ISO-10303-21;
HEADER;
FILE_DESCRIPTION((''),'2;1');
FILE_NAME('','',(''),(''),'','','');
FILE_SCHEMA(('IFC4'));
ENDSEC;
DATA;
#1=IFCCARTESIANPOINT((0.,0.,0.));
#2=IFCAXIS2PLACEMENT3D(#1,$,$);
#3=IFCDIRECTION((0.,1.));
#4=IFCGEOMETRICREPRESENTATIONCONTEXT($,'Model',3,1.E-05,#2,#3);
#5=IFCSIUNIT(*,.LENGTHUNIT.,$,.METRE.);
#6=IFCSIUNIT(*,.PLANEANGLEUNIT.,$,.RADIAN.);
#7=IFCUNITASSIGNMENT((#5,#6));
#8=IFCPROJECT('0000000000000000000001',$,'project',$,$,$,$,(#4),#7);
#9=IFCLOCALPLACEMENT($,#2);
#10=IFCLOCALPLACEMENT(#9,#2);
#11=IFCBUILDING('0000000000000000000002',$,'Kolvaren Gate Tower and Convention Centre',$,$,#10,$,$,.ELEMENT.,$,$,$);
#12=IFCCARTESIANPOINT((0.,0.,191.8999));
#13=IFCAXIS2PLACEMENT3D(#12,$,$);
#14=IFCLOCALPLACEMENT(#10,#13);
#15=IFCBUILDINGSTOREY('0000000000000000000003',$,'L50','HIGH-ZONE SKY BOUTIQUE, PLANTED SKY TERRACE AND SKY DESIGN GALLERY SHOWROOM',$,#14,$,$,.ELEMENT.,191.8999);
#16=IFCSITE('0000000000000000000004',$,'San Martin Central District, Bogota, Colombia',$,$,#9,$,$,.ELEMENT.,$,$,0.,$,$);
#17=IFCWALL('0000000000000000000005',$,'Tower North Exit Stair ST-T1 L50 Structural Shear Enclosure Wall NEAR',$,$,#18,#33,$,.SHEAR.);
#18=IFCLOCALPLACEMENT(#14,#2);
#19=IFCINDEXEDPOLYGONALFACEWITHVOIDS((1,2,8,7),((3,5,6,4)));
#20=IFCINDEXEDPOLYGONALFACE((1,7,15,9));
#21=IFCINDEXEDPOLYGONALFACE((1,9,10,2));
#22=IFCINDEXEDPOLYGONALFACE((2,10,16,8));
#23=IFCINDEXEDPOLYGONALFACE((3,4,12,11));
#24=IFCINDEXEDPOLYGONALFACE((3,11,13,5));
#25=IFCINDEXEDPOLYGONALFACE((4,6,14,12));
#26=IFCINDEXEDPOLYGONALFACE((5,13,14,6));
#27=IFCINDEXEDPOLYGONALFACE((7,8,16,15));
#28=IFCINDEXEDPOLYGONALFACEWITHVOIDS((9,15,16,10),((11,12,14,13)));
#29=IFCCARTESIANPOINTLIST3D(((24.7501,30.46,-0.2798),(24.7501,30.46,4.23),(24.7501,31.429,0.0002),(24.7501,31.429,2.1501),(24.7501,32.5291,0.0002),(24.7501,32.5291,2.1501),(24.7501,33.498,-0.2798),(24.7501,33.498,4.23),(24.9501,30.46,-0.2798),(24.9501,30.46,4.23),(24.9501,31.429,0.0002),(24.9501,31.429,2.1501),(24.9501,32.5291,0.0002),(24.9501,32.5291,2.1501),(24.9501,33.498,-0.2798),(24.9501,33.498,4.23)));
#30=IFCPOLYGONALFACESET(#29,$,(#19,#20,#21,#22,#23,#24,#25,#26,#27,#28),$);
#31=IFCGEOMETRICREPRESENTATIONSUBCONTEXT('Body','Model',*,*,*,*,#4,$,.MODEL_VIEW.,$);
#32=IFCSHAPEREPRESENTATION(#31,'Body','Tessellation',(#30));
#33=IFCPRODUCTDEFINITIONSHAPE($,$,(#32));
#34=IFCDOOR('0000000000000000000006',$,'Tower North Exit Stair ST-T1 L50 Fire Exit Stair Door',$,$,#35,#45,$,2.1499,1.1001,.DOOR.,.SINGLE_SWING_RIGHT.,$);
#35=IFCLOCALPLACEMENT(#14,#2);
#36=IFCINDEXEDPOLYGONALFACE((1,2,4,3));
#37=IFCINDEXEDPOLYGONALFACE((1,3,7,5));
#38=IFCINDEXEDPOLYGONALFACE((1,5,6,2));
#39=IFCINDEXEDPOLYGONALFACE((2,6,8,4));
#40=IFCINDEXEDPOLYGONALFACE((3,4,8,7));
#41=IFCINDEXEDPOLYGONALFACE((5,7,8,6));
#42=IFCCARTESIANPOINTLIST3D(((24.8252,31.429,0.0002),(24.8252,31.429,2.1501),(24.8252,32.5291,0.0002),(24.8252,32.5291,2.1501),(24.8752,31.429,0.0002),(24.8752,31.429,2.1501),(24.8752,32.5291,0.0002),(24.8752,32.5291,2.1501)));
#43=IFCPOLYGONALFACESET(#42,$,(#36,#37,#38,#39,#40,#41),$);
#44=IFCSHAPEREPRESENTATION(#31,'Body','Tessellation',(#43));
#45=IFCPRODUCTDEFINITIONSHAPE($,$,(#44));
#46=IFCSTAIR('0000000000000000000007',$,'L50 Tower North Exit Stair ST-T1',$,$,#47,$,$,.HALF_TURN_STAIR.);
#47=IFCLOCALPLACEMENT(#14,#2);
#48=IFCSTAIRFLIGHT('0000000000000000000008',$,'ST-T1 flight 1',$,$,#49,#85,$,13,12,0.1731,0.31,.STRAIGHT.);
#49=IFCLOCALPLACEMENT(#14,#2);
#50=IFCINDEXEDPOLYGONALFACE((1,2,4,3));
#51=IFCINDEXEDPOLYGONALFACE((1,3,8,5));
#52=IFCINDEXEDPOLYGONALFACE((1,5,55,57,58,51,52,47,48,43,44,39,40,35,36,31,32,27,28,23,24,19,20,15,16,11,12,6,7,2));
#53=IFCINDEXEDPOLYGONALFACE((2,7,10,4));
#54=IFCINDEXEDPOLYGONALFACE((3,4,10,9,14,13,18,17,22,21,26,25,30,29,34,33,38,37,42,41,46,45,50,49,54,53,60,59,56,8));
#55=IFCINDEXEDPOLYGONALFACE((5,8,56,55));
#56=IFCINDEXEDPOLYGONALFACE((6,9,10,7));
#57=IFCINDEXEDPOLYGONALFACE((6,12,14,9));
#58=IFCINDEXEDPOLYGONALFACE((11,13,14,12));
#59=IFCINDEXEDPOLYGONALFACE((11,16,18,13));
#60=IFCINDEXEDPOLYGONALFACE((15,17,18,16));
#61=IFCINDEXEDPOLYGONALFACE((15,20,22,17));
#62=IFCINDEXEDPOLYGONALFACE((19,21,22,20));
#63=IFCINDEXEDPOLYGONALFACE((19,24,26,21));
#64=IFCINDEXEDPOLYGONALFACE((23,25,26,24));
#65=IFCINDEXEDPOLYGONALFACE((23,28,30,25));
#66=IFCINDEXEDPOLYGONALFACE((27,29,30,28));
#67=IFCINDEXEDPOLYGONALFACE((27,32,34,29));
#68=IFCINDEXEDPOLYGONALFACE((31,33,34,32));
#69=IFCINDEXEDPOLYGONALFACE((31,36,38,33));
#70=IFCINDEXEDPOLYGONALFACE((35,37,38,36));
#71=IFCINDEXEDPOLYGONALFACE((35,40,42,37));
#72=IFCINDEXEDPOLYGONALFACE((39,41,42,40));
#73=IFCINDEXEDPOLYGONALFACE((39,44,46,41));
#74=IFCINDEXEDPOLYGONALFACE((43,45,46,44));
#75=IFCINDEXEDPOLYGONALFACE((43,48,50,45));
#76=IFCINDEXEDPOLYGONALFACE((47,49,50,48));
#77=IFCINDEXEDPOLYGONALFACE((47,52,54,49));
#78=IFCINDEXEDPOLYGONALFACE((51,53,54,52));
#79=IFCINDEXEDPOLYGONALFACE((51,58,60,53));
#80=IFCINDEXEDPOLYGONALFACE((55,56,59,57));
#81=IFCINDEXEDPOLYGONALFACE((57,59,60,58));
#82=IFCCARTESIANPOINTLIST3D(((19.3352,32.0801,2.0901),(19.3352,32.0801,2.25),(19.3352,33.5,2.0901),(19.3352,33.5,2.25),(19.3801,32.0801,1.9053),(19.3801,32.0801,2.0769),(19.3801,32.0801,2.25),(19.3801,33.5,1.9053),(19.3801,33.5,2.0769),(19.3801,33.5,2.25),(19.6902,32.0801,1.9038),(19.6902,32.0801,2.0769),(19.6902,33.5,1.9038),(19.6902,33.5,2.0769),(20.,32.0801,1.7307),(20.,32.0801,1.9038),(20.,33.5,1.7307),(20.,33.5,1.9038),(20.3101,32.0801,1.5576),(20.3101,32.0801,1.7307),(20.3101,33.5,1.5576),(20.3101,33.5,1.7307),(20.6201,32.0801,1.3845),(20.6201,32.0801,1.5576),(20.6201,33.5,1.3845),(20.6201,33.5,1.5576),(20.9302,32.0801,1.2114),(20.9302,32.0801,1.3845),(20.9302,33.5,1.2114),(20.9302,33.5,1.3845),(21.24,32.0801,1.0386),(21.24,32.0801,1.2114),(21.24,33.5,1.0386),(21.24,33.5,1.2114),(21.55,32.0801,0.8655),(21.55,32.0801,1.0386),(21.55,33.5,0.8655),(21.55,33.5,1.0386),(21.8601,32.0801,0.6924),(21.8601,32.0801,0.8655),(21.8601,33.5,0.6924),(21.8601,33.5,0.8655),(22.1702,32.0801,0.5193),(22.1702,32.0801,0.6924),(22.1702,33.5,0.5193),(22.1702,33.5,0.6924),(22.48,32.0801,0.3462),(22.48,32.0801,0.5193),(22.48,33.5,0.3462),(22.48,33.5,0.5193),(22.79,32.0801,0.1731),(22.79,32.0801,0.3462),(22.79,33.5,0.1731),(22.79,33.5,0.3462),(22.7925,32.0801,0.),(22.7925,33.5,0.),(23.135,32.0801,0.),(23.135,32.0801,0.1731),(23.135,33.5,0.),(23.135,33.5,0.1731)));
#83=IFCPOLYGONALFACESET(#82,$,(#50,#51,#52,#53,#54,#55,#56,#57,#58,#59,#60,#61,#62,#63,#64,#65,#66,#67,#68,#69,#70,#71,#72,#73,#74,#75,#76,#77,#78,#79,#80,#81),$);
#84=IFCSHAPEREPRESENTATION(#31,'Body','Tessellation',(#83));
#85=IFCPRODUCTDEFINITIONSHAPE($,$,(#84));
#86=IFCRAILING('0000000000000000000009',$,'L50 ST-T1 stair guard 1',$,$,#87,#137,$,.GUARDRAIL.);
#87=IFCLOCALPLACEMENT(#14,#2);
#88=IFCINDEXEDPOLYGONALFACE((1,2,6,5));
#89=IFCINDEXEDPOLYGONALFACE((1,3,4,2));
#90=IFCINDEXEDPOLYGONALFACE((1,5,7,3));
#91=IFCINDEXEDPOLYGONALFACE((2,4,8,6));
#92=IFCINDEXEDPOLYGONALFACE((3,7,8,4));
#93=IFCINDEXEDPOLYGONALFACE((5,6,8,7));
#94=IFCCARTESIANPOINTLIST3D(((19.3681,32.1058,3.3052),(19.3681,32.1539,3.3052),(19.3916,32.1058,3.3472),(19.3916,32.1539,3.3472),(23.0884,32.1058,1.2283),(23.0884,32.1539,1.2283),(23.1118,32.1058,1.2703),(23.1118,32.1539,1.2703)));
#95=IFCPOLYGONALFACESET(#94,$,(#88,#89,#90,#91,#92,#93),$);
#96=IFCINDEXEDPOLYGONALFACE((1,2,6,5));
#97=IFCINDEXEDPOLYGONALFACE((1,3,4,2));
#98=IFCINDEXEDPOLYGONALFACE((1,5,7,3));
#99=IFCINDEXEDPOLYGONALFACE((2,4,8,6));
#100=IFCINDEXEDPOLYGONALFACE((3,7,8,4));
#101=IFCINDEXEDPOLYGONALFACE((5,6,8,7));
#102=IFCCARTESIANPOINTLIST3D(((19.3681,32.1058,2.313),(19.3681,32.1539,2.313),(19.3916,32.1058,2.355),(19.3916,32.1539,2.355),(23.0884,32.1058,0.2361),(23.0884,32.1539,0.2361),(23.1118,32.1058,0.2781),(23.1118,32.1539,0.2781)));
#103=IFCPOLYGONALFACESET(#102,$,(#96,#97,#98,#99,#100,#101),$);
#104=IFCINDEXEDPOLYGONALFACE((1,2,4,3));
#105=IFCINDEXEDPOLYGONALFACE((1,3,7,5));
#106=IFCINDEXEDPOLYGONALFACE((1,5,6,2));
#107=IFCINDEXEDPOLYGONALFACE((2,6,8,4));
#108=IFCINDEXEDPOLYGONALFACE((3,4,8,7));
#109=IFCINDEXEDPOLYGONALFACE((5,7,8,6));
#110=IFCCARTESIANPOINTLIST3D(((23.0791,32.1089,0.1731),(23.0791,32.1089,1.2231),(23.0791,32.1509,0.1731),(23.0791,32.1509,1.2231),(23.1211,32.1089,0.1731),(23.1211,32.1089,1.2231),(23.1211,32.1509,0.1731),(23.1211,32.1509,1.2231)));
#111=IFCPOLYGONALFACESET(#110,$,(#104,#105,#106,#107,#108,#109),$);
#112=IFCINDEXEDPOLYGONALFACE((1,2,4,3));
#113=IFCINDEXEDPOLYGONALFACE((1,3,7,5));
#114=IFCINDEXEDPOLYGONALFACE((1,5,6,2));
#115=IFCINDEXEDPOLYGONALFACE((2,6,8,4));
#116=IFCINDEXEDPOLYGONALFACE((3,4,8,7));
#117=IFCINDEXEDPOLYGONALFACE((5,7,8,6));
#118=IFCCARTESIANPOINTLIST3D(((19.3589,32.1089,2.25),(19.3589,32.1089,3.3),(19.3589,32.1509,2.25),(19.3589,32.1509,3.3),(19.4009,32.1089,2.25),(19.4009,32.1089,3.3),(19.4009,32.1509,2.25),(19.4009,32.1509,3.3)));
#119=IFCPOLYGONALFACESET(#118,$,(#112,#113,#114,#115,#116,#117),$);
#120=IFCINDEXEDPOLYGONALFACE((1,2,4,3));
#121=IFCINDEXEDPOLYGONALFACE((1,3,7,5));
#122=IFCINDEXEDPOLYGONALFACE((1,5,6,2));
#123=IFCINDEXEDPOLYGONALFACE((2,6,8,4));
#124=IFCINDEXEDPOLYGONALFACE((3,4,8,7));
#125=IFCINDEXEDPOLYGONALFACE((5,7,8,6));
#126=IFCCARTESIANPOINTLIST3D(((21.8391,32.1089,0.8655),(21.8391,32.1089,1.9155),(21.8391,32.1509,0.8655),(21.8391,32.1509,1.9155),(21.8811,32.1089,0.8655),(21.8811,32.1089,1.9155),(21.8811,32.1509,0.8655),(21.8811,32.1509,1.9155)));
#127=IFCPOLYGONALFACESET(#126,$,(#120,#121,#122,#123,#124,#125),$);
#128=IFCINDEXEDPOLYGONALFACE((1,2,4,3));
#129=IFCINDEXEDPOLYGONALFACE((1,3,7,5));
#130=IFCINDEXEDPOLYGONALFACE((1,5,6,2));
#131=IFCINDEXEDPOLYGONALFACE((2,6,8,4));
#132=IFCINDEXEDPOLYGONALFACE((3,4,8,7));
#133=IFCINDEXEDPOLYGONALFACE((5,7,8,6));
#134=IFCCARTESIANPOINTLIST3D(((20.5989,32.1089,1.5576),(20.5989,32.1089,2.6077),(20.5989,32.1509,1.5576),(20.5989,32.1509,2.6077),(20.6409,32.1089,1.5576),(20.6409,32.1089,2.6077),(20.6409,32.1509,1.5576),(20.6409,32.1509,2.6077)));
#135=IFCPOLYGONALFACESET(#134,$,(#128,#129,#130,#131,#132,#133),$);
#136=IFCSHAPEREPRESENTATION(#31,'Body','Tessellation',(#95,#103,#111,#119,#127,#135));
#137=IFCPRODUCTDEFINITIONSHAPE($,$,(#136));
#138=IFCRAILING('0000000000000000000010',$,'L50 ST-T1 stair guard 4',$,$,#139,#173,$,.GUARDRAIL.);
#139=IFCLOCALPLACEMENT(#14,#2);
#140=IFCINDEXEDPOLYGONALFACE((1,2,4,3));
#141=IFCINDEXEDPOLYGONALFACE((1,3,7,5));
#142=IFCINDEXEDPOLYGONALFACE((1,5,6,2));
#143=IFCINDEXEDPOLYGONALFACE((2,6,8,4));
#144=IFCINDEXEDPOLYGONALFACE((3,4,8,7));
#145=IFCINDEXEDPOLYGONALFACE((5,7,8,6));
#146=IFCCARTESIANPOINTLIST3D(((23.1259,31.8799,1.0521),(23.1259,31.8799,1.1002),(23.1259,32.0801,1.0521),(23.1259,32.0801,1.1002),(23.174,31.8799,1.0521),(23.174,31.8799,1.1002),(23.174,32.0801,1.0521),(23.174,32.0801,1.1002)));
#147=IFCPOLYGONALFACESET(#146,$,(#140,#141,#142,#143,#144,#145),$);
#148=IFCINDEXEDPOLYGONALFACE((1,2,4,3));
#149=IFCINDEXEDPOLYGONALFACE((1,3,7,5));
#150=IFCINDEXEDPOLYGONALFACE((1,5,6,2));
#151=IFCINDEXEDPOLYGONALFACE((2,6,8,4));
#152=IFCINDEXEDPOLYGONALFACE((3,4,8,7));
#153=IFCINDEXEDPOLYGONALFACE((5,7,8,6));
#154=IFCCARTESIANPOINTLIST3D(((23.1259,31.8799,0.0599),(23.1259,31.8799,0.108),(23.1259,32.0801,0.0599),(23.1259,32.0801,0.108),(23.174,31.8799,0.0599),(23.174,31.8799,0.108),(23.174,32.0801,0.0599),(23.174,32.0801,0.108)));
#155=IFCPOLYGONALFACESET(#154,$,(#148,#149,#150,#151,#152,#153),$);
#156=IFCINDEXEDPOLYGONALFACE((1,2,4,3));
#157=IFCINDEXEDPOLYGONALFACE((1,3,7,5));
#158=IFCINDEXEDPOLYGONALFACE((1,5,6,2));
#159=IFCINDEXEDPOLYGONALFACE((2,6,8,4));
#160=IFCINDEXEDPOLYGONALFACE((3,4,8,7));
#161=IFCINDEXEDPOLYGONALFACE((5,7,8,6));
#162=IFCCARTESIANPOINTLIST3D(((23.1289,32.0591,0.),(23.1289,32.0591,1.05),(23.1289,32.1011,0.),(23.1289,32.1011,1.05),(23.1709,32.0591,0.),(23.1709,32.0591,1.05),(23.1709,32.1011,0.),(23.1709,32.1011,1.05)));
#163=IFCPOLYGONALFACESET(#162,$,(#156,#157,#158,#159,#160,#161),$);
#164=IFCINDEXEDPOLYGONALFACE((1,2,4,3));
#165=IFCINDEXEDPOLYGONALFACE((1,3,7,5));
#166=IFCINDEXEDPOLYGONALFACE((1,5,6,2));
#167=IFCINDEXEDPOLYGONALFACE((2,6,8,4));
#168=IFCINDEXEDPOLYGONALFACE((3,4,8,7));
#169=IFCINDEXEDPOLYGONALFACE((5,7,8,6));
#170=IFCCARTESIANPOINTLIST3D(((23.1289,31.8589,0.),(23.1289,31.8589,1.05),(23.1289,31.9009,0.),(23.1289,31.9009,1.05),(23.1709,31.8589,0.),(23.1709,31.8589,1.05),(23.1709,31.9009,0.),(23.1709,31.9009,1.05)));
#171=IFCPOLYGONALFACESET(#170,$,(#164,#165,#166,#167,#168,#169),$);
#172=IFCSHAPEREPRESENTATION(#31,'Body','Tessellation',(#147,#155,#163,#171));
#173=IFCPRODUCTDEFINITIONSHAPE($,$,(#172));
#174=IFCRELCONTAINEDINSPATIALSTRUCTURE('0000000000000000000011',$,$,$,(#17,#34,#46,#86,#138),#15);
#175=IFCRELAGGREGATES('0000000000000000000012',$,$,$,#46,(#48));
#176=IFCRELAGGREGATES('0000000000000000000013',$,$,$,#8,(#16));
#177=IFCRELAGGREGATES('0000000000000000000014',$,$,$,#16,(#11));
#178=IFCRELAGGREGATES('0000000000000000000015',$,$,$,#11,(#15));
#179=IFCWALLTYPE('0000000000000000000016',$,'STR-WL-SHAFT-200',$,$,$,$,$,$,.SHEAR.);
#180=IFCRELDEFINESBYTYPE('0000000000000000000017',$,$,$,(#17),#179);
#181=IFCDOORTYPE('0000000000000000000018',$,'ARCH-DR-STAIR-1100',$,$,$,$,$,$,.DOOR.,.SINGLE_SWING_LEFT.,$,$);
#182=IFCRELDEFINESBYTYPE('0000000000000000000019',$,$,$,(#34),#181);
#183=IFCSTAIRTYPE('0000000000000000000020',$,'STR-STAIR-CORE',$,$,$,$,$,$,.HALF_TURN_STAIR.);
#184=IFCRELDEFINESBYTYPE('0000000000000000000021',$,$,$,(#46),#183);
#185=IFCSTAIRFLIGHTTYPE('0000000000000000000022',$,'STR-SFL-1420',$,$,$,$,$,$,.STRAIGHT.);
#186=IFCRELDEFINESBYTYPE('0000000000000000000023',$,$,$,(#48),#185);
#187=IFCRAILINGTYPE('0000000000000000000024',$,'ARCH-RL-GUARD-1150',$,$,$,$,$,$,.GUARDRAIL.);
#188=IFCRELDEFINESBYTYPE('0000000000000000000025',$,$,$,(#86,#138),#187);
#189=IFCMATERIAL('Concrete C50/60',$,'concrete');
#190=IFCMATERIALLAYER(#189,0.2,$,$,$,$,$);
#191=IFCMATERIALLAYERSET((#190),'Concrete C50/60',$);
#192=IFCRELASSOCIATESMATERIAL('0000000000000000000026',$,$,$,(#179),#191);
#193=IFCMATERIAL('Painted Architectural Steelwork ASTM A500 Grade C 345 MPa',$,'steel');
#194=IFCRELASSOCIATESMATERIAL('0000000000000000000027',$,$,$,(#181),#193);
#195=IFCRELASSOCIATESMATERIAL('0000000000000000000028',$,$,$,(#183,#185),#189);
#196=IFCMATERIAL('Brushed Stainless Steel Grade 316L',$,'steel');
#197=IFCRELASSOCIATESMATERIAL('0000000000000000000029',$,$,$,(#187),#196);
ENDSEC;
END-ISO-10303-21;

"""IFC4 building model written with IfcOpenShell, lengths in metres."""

from ifc_helpers import new_model, si_unit, direction, frame, frame_2d, origin, origin_2d, place, context, subcontext, project, spatial, polyline, rectangle, outline, extrude, material, layer, layer_set, type_object, element, fill, aggregate, save


model = new_model("IFC4")

# Units and contexts
model_context = context("Model", 3, precision=1e-05, world=origin(), true_north=direction((0.0, 1.0)))
body_context = subcontext(model_context, "Body", "Model", "MODEL_VIEW")
ifc_project = project(units=[si_unit("LENGTHUNIT", "METRE"), si_unit("PLANEANGLEUNIT", "RADIAN")], contexts=[model_context])

# Site, building, storey
site_placement = place(None, origin())
site = spatial("IfcSite", under=ifc_project, at=site_placement, Name="San Martin Central District, Bogota, Colombia", CompositionType="ELEMENT", RefElevation=0.0)
building_placement = place(site_placement, origin())
building = spatial("IfcBuilding", under=site, at=building_placement, Name="Kolvaren Gate Tower and Convention Centre", CompositionType="ELEMENT")
storey_placement = place(building_placement, frame((0.0, 0.0, 191.8999)))
storey = spatial("IfcBuildingStorey", under=building, at=storey_placement, Name="L50", Description="HIGH-ZONE SKY BOUTIQUE, PLANTED SKY TERRACE AND SKY DESIGN GALLERY SHOWROOM", CompositionType="ELEMENT", Elevation=191.8999)

# Shared definitions
ifc_material_1 = material(Name="Brushed Stainless Steel Grade 316L", Category="steel")

# Shared definitions
ifc_material_2 = material(Name="Concrete C50/60", Category="concrete")

# Wall, opening, door
ifc_layer_1 = layer(ifc_material_2, 0.2)
ifc_layer_set_1 = layer_set([ifc_layer_1], Name="Concrete C50/60")
wall_type_1 = type_object("IfcWallType", Name="STR-WL-SHAFT-200", PredefinedType="SHEAR", material=ifc_layer_set_1)
wall_1_placement = place(storey_placement, frame((24.8501, 30.46, -0.2798), z_axis=(0.0, 0.0, 1.0), x_axis=(0.0, 1.0, 0.0)))
wall_1 = element("IfcWall", 1, at=wall_1_placement, inside=storey, type_object=wall_type_1, Name="Tower North Exit Stair ST-T1 L50 Structural Shear Enclosure Wall NEAR", PredefinedType="SHEAR", context=body_context, shape_type="SweptSolid", body=[
    extrude(rectangle(XDim=3.0381, YDim=0.2, at=frame_2d((1.519, 0.0))), origin(), (0.0, 0.0, 1.0), 4.5098),
])
opening_1_placement = place(wall_1_placement, frame((0.969, 0.0, 0.28)))
opening_1 = element("IfcOpeningElement", 2, at=opening_1_placement, cuts=wall_1, PredefinedType="OPENING", context=body_context, shape_type="SweptSolid", body=[
    extrude(rectangle(XDim=1.1001, YDim=2.1499, at=frame_2d((0.55, 1.075))), frame((0.0, 0.1099, 0.0), z_axis=(0.0, -1.0, 0.0), x_axis=(1.0, 0.0, 0.0)), (0.0, 0.0, 1.0), 0.22),
])
ifc_material_3 = material(Name="Painted Architectural Steelwork ASTM A500 Grade C 345 MPa", Category="steel")
door_type_1 = type_object("IfcDoorType", Name="ARCH-DR-STAIR-1100", OperationType="SINGLE_SWING_LEFT", PredefinedType="DOOR", material=ifc_material_3)
door_1_placement = place(opening_1_placement, origin())
door_1 = element("IfcDoor", 3, at=door_1_placement, inside=storey, type_object=door_type_1, Name="Tower North Exit Stair ST-T1 L50 Fire Exit Stair Door", OperationType="SINGLE_SWING_RIGHT", OverallHeight=2.1499, OverallWidth=1.1001, PredefinedType="DOOR", context=body_context, shape_type="SweptSolid", body=[
    extrude(rectangle(XDim=1.1001, YDim=2.1499, at=frame_2d((0.55, 1.075))), frame((0.0, 0.0249, 0.0), z_axis=(0.0, -1.0, 0.0), x_axis=(1.0, 0.0, 0.0)), (0.0, 0.0, 1.0), 0.05),
])
fill(opening_1, door_1)

# Stair, stair flight
stair_type = type_object("IfcStairType", Name="STR-STAIR-CORE", PredefinedType="HALF_TURN_STAIR", material=ifc_material_2)
stair_placement = place(storey_placement, origin())
stair = element("IfcStair", 4, at=stair_placement, inside=storey, type_object=stair_type, Name="L50 Tower North Exit Stair ST-T1", PredefinedType="HALF_TURN_STAIR")
stair_flight_type = type_object("IfcStairFlightType", Name="STR-SFL-1420", PredefinedType="STRAIGHT", material=ifc_material_2)
stair_flight_placement = place(storey_placement, frame((23.1001, 32.79, 0.0), z_axis=(0.0, 0.0, 1.0), x_axis=(-1.0, 0.0, 0.0)))
stair_flight = element("IfcStairFlight", 5, at=stair_flight_placement, type_object=stair_flight_type, Name="ST-T1 flight 1", NumberOfRisers=13, NumberOfTreads=12, PredefinedType="STRAIGHT", RiserHeight=0.1731, TreadLength=0.31, context=body_context, shape_type="SweptSolid", body=[
    extrude(outline(polyline([(-0.0349, 0.0), (-0.0349, 0.1731), (0.3101, 0.1731), (0.3101, 0.3462), (0.6201, 0.3462), (0.6201, 0.5193), (0.9299, 0.5193), (0.9299, 0.6924), (1.24, 0.6924), (1.24, 0.8655), (1.55, 0.8655), (1.55, 1.0386), (1.8601, 1.0386), (1.8601, 1.2114), (2.1699, 1.2114), (2.1699, 1.3845), (2.48, 1.3845), (2.48, 1.5576), (2.79, 1.5576), (2.79, 1.7307), (3.1001, 1.7307), (3.1001, 1.9038), (3.4099, 1.9038), (3.4099, 2.0769), (3.72, 2.0769), (3.72, 2.25), (3.7649, 2.25), (3.7649, 2.0901), (3.72, 1.9053), (0.3076, 0.0), (-0.0349, 0.0)])), frame((0.0, 0.71, 0.0), z_axis=(0.0, -1.0, 0.0), x_axis=(1.0, 0.0, 0.0)), (0.0, 0.0, 1.0), 1.4199),
])
aggregate(stair, [stair_flight])

# Railings
railing_type_1 = type_object("IfcRailingType", Name="ARCH-RL-GUARD-1150", PredefinedType="GUARDRAIL", material=ifc_material_1)
railing_1_placement = place(storey_placement, frame((23.1001, 32.1299, 0.1731)))
element("IfcRailing", 6, at=railing_1_placement, inside=storey, type_object=railing_type_1, Name="L50 ST-T1 stair guard 1", PredefinedType="GUARDRAIL", context=body_context, shape_type="SweptSolid", body=[
    extrude(rectangle(XDim=0.0481, YDim=0.0481, at=origin_2d()), frame((0.0, 0.0, 1.0762), z_axis=(-0.873147, 0.0, 0.487457), x_axis=(0.0, -1.0, 0.0)), (0.0, 0.0, 1.0), 4.2607),
    extrude(rectangle(XDim=0.0481, YDim=0.0481, at=origin_2d()), frame((0.0, 0.0, 0.084), z_axis=(-0.873147, 0.0, 0.487457), x_axis=(0.0, -1.0, 0.0)), (0.0, 0.0, 1.0), 4.2607),
    extrude(rectangle(XDim=0.042, YDim=0.042, at=origin_2d()), origin(), (0.0, 0.0, 1.0), 1.05),
    extrude(rectangle(XDim=0.042, YDim=0.042, at=origin_2d()), frame((-3.7202, 0.0, 2.0769)), (0.0, 0.0, 1.0), 1.05),
    extrude(rectangle(XDim=0.042, YDim=0.042, at=origin_2d()), frame((-1.24, 0.0, 0.6924)), (0.0, 0.0, 1.0), 1.05),
    extrude(rectangle(XDim=0.042, YDim=0.042, at=origin_2d()), frame((-2.4802, 0.0, 1.3845)), (0.0, 0.0, 1.0), 1.05),
])
railing_2_placement = place(storey_placement, frame((23.1499, 32.0801, 0.0)))
element("IfcRailing", 7, at=railing_2_placement, inside=storey, type_object=railing_type_1, Name="L50 ST-T1 stair guard 4", PredefinedType="GUARDRAIL", context=body_context, shape_type="SweptSolid", body=[
    extrude(rectangle(XDim=0.0481, YDim=0.0481, at=origin_2d()), frame((0.0, 0.0, 1.0762), z_axis=(0.0, -1.0, 0.0), x_axis=(1.0, 0.0, 0.0)), (0.0, 0.0, 1.0), 0.2002),
    extrude(rectangle(XDim=0.0481, YDim=0.0481, at=origin_2d()), frame((0.0, 0.0, 0.084), z_axis=(0.0, -1.0, 0.0), x_axis=(1.0, 0.0, 0.0)), (0.0, 0.0, 1.0), 0.2002),
    extrude(rectangle(XDim=0.042, YDim=0.042, at=origin_2d()), origin(), (0.0, 0.0, 1.0), 1.05),
    extrude(rectangle(XDim=0.042, YDim=0.042, at=origin_2d()), frame((0.0, -0.2002, 0.0)), (0.0, 0.0, 1.0), 1.05),
])

save(model, "model.ifc")
